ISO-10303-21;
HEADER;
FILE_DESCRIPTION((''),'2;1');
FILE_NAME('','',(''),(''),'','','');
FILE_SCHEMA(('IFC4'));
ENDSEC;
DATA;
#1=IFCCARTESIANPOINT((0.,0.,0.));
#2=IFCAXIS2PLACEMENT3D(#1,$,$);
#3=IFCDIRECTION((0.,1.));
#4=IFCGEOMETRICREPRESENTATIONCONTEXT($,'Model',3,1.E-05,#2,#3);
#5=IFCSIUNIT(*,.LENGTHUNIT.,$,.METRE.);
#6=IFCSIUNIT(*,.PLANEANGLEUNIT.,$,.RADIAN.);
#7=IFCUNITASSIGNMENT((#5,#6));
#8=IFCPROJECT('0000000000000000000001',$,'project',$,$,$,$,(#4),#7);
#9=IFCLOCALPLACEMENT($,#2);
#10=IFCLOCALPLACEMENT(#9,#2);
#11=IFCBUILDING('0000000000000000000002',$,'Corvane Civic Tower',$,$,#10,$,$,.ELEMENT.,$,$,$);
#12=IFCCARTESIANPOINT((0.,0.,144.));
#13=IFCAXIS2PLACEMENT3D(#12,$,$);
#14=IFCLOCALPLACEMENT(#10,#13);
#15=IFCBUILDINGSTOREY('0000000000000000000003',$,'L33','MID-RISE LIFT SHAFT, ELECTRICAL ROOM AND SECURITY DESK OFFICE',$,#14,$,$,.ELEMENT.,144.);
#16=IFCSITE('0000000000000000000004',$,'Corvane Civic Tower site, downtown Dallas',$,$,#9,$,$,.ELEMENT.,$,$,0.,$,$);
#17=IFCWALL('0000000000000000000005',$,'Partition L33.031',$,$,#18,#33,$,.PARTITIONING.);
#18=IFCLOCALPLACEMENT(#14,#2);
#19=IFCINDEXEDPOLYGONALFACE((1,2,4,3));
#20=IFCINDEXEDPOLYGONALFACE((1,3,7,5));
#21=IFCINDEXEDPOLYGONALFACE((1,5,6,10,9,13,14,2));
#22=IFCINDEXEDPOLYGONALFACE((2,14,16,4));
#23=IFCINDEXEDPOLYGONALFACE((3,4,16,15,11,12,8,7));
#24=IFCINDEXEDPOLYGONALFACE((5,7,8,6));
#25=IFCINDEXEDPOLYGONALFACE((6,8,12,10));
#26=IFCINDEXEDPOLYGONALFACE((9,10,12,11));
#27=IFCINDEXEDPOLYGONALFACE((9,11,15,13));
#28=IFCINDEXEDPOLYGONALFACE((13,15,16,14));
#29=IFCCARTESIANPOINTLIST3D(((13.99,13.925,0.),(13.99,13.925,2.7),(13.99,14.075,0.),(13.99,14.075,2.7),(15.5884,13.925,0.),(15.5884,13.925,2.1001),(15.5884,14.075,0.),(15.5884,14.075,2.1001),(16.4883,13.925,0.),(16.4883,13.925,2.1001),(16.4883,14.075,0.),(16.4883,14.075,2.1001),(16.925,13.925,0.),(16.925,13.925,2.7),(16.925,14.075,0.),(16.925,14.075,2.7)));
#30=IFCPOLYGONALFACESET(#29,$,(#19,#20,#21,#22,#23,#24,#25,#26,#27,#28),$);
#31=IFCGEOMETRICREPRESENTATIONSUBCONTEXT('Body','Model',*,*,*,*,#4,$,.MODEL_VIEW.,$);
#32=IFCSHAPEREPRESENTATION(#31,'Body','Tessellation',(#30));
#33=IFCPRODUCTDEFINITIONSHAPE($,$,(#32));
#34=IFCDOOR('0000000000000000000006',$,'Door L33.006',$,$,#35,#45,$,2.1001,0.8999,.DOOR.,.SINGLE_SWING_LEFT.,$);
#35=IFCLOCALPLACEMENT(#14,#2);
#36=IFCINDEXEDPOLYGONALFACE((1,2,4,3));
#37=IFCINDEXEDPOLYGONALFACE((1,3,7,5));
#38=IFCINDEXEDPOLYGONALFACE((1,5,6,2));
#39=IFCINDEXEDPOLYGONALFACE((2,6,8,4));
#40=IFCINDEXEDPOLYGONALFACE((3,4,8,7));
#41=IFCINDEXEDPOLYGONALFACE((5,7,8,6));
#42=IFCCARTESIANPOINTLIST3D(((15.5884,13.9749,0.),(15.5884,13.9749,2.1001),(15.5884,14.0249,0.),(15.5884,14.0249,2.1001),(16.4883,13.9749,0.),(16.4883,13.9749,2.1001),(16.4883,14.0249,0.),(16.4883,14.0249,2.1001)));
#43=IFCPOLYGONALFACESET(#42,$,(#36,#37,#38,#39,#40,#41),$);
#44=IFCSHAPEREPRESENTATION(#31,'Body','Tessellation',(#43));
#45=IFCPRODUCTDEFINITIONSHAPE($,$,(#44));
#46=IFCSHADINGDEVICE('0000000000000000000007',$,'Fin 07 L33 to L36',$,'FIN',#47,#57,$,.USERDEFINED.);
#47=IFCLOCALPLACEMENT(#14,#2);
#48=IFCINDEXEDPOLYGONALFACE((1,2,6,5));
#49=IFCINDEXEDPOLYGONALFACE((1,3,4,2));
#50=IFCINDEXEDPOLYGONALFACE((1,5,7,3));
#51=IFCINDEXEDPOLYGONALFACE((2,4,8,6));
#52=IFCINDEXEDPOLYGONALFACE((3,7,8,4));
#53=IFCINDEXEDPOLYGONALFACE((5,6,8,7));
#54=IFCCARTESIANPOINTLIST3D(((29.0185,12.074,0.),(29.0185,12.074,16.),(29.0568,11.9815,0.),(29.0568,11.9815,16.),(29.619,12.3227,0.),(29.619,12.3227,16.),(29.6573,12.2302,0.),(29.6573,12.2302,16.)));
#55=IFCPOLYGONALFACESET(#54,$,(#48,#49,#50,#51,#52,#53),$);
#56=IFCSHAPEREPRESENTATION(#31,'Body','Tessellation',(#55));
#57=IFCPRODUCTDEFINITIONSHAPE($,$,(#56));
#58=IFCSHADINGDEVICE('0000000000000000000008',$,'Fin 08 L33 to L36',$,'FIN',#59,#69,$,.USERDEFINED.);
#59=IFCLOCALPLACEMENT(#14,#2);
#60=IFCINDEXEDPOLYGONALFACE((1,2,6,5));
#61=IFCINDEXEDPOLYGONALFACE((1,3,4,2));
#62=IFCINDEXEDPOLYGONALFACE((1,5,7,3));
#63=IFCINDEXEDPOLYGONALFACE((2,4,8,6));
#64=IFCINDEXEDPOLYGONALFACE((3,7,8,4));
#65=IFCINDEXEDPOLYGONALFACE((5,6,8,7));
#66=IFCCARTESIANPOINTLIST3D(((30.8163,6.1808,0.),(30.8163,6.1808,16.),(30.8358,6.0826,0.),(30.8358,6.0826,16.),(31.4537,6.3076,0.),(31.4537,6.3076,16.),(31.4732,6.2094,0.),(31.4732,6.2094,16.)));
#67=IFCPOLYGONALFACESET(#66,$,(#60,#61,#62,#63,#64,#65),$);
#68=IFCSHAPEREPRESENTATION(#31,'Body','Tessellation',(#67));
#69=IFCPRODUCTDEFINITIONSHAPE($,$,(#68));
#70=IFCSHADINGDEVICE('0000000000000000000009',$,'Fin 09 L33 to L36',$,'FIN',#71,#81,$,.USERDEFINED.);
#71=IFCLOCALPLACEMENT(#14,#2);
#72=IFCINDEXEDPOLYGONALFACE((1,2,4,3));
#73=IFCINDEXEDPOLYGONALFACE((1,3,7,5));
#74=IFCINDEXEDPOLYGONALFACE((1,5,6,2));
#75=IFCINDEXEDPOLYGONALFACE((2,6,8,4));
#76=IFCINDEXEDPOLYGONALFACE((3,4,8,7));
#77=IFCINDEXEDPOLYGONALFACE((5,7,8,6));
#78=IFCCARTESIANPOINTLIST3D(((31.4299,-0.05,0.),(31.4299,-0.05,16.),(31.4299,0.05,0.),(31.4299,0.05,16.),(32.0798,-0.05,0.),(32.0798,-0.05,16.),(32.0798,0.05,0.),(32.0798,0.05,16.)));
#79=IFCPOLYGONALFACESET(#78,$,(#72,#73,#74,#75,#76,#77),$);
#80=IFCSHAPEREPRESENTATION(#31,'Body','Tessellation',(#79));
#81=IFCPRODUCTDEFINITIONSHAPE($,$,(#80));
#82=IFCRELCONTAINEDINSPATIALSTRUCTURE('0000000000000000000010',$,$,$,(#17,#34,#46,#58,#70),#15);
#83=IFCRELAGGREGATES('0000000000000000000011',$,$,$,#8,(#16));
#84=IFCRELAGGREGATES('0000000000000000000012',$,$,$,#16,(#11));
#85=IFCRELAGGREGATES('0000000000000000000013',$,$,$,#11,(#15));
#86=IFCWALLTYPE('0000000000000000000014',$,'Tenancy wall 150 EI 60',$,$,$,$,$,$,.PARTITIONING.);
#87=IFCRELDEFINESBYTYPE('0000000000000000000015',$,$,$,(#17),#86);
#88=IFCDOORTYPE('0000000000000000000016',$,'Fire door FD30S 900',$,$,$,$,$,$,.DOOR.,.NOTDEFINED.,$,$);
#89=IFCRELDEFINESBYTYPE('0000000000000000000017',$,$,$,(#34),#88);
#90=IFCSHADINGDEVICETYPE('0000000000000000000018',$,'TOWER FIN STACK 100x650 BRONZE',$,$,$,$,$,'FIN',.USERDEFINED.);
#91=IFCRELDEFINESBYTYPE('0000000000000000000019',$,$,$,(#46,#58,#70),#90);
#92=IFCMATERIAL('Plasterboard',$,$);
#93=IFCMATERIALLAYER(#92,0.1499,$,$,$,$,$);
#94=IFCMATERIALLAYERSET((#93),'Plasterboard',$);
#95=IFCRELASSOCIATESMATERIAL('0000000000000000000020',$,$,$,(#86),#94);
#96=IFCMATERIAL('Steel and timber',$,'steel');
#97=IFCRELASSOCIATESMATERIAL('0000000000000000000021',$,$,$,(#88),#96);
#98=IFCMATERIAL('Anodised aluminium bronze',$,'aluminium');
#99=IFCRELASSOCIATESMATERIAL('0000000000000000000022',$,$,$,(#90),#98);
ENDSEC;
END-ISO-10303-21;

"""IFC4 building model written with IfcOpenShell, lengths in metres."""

from ifc_helpers import new_model, si_unit, direction, frame, frame_2d, origin, origin_2d, place, context, subcontext, project, spatial, rectangle, extrude, material, layer, layer_set, material_profile, profile_set, type_object, element, fill, save


model = new_model("IFC4")

# Units and contexts
model_context = context("Model", 3, precision=1e-05, world=origin(), true_north=direction((0.0, 1.0)))
body_context = subcontext(model_context, "Body", "Model", "MODEL_VIEW")
ifc_project = project(units=[si_unit("LENGTHUNIT", "METRE"), si_unit("PLANEANGLEUNIT", "RADIAN")], contexts=[model_context])

# Site, building, storey
site_placement = place(None, origin())
site = spatial("IfcSite", under=ifc_project, at=site_placement, Name="Corvane Civic Tower site, downtown Dallas", CompositionType="ELEMENT", RefElevation=0.0)
building_placement = place(site_placement, origin())
building = spatial("IfcBuilding", under=site, at=building_placement, Name="Corvane Civic Tower", CompositionType="ELEMENT")
storey_placement = place(building_placement, frame((0.0, 0.0, 144.0)))
storey = spatial("IfcBuildingStorey", under=building, at=storey_placement, Name="L33", Description="MID-RISE LIFT SHAFT, ELECTRICAL ROOM AND SECURITY DESK OFFICE", CompositionType="ELEMENT", Elevation=144.0)

# Wall, opening, door
ifc_material_1 = material(Name="Plasterboard")
ifc_layer_1 = layer(ifc_material_1, 0.1499)
ifc_layer_set_1 = layer_set([ifc_layer_1], Name="Plasterboard")
wall_type_1 = type_object("IfcWallType", Name="Tenancy wall 150 EI 60", PredefinedType="PARTITIONING", material=ifc_layer_set_1)
wall_1_placement = place(storey_placement, frame((13.99, 14.0, 0.0), z_axis=(0.0, 0.0, 1.0), x_axis=(1.0, 0.0, 0.0)))
wall_1 = element("IfcWall", 1, at=wall_1_placement, inside=storey, type_object=wall_type_1, Name="Partition L33.031", PredefinedType="PARTITIONING", context=body_context, shape_type="SweptSolid", body=[
    extrude(rectangle(XDim=2.9351, YDim=0.1499, at=frame_2d((1.4675, 0.0))), origin(), (0.0, 0.0, 1.0), 2.7),
])
opening_1_placement = place(wall_1_placement, frame((1.5984, 0.0, 0.0)))
opening_1 = element("IfcOpeningElement", 2, at=opening_1_placement, cuts=wall_1, PredefinedType="OPENING", context=body_context, shape_type="SweptSolid", body=[
    extrude(rectangle(XDim=0.8999, YDim=2.1001, at=frame_2d((0.45, 1.05))), frame((0.0, 0.085, 0.0), z_axis=(0.0, -1.0, 0.0), x_axis=(1.0, 0.0, 0.0)), (0.0, 0.0, 1.0), 0.1699),
])
ifc_material_2 = material(Name="Steel and timber", Category="steel")
door_type_1 = type_object("IfcDoorType", Name="Fire door FD30S 900", OperationType="NOTDEFINED", PredefinedType="DOOR", material=ifc_material_2)
door_1_placement = place(opening_1_placement, origin())
door_1 = element("IfcDoor", 3, at=door_1_placement, inside=storey, type_object=door_type_1, Name="Door L33.006", OperationType="SINGLE_SWING_LEFT", OverallHeight=2.1001, OverallWidth=0.8999, PredefinedType="DOOR", context=body_context, shape_type="SweptSolid", body=[
    extrude(rectangle(XDim=0.8999, YDim=2.1001, at=frame_2d((0.45, 1.05))), frame((0.0, 0.0249, 0.0), z_axis=(0.0, -1.0, 0.0), x_axis=(1.0, 0.0, 0.0)), (0.0, 0.0, 1.0), 0.05),
])
fill(opening_1, door_1)

# Shading devices
ifc_material_3 = material(Name="Anodised aluminium bronze", Category="aluminium")
ifc_material_profile_1 = material_profile(ifc_material_3, rectangle(XDim=0.1001, YDim=0.6499, at=origin_2d()), Name="TOWER FIN STACK 100x650 BRONZE")
ifc_profile_set_1 = profile_set([ifc_material_profile_1], Name="Anodised aluminium bronze")
shading_device_type = type_object("IfcShadingDeviceType", Name="TOWER FIN STACK 100x650 BRONZE", ElementType="FIN", PredefinedType="USERDEFINED", material=ifc_profile_set_1)
for number, where, z_axis, x_axis, name in (
    (4, (29.3379, 12.1521, 0.0), (0.0, 0.0, 1.0), (0.382683, -0.92388, 0.0), "Fin 07 L33 to L36"),
    (5, (31.1448, 6.1951, 0.0), (0.0, 0.0, 1.0), (0.19509, -0.980785, 0.0), "Fin 08 L33 to L36"),
    (6, (31.7549, 0.0, 0.0), (0.0, 0.0, 1.0), (0.0, -1.0, 0.0), "Fin 09 L33 to L36"),
):
    element("IfcShadingDevice", number, at=place(storey_placement, frame(where, z_axis=z_axis, x_axis=x_axis)), inside=storey, type_object=shading_device_type, Name=name, ObjectType="FIN", PredefinedType="USERDEFINED", context=body_context, shape_type="SweptSolid", body=[
        extrude(rectangle(XDim=0.1001, YDim=0.6499, at=origin_2d()), origin(), (0.0, 0.0, 1.0), 16.0),
    ])

save(model, "model.ifc")
